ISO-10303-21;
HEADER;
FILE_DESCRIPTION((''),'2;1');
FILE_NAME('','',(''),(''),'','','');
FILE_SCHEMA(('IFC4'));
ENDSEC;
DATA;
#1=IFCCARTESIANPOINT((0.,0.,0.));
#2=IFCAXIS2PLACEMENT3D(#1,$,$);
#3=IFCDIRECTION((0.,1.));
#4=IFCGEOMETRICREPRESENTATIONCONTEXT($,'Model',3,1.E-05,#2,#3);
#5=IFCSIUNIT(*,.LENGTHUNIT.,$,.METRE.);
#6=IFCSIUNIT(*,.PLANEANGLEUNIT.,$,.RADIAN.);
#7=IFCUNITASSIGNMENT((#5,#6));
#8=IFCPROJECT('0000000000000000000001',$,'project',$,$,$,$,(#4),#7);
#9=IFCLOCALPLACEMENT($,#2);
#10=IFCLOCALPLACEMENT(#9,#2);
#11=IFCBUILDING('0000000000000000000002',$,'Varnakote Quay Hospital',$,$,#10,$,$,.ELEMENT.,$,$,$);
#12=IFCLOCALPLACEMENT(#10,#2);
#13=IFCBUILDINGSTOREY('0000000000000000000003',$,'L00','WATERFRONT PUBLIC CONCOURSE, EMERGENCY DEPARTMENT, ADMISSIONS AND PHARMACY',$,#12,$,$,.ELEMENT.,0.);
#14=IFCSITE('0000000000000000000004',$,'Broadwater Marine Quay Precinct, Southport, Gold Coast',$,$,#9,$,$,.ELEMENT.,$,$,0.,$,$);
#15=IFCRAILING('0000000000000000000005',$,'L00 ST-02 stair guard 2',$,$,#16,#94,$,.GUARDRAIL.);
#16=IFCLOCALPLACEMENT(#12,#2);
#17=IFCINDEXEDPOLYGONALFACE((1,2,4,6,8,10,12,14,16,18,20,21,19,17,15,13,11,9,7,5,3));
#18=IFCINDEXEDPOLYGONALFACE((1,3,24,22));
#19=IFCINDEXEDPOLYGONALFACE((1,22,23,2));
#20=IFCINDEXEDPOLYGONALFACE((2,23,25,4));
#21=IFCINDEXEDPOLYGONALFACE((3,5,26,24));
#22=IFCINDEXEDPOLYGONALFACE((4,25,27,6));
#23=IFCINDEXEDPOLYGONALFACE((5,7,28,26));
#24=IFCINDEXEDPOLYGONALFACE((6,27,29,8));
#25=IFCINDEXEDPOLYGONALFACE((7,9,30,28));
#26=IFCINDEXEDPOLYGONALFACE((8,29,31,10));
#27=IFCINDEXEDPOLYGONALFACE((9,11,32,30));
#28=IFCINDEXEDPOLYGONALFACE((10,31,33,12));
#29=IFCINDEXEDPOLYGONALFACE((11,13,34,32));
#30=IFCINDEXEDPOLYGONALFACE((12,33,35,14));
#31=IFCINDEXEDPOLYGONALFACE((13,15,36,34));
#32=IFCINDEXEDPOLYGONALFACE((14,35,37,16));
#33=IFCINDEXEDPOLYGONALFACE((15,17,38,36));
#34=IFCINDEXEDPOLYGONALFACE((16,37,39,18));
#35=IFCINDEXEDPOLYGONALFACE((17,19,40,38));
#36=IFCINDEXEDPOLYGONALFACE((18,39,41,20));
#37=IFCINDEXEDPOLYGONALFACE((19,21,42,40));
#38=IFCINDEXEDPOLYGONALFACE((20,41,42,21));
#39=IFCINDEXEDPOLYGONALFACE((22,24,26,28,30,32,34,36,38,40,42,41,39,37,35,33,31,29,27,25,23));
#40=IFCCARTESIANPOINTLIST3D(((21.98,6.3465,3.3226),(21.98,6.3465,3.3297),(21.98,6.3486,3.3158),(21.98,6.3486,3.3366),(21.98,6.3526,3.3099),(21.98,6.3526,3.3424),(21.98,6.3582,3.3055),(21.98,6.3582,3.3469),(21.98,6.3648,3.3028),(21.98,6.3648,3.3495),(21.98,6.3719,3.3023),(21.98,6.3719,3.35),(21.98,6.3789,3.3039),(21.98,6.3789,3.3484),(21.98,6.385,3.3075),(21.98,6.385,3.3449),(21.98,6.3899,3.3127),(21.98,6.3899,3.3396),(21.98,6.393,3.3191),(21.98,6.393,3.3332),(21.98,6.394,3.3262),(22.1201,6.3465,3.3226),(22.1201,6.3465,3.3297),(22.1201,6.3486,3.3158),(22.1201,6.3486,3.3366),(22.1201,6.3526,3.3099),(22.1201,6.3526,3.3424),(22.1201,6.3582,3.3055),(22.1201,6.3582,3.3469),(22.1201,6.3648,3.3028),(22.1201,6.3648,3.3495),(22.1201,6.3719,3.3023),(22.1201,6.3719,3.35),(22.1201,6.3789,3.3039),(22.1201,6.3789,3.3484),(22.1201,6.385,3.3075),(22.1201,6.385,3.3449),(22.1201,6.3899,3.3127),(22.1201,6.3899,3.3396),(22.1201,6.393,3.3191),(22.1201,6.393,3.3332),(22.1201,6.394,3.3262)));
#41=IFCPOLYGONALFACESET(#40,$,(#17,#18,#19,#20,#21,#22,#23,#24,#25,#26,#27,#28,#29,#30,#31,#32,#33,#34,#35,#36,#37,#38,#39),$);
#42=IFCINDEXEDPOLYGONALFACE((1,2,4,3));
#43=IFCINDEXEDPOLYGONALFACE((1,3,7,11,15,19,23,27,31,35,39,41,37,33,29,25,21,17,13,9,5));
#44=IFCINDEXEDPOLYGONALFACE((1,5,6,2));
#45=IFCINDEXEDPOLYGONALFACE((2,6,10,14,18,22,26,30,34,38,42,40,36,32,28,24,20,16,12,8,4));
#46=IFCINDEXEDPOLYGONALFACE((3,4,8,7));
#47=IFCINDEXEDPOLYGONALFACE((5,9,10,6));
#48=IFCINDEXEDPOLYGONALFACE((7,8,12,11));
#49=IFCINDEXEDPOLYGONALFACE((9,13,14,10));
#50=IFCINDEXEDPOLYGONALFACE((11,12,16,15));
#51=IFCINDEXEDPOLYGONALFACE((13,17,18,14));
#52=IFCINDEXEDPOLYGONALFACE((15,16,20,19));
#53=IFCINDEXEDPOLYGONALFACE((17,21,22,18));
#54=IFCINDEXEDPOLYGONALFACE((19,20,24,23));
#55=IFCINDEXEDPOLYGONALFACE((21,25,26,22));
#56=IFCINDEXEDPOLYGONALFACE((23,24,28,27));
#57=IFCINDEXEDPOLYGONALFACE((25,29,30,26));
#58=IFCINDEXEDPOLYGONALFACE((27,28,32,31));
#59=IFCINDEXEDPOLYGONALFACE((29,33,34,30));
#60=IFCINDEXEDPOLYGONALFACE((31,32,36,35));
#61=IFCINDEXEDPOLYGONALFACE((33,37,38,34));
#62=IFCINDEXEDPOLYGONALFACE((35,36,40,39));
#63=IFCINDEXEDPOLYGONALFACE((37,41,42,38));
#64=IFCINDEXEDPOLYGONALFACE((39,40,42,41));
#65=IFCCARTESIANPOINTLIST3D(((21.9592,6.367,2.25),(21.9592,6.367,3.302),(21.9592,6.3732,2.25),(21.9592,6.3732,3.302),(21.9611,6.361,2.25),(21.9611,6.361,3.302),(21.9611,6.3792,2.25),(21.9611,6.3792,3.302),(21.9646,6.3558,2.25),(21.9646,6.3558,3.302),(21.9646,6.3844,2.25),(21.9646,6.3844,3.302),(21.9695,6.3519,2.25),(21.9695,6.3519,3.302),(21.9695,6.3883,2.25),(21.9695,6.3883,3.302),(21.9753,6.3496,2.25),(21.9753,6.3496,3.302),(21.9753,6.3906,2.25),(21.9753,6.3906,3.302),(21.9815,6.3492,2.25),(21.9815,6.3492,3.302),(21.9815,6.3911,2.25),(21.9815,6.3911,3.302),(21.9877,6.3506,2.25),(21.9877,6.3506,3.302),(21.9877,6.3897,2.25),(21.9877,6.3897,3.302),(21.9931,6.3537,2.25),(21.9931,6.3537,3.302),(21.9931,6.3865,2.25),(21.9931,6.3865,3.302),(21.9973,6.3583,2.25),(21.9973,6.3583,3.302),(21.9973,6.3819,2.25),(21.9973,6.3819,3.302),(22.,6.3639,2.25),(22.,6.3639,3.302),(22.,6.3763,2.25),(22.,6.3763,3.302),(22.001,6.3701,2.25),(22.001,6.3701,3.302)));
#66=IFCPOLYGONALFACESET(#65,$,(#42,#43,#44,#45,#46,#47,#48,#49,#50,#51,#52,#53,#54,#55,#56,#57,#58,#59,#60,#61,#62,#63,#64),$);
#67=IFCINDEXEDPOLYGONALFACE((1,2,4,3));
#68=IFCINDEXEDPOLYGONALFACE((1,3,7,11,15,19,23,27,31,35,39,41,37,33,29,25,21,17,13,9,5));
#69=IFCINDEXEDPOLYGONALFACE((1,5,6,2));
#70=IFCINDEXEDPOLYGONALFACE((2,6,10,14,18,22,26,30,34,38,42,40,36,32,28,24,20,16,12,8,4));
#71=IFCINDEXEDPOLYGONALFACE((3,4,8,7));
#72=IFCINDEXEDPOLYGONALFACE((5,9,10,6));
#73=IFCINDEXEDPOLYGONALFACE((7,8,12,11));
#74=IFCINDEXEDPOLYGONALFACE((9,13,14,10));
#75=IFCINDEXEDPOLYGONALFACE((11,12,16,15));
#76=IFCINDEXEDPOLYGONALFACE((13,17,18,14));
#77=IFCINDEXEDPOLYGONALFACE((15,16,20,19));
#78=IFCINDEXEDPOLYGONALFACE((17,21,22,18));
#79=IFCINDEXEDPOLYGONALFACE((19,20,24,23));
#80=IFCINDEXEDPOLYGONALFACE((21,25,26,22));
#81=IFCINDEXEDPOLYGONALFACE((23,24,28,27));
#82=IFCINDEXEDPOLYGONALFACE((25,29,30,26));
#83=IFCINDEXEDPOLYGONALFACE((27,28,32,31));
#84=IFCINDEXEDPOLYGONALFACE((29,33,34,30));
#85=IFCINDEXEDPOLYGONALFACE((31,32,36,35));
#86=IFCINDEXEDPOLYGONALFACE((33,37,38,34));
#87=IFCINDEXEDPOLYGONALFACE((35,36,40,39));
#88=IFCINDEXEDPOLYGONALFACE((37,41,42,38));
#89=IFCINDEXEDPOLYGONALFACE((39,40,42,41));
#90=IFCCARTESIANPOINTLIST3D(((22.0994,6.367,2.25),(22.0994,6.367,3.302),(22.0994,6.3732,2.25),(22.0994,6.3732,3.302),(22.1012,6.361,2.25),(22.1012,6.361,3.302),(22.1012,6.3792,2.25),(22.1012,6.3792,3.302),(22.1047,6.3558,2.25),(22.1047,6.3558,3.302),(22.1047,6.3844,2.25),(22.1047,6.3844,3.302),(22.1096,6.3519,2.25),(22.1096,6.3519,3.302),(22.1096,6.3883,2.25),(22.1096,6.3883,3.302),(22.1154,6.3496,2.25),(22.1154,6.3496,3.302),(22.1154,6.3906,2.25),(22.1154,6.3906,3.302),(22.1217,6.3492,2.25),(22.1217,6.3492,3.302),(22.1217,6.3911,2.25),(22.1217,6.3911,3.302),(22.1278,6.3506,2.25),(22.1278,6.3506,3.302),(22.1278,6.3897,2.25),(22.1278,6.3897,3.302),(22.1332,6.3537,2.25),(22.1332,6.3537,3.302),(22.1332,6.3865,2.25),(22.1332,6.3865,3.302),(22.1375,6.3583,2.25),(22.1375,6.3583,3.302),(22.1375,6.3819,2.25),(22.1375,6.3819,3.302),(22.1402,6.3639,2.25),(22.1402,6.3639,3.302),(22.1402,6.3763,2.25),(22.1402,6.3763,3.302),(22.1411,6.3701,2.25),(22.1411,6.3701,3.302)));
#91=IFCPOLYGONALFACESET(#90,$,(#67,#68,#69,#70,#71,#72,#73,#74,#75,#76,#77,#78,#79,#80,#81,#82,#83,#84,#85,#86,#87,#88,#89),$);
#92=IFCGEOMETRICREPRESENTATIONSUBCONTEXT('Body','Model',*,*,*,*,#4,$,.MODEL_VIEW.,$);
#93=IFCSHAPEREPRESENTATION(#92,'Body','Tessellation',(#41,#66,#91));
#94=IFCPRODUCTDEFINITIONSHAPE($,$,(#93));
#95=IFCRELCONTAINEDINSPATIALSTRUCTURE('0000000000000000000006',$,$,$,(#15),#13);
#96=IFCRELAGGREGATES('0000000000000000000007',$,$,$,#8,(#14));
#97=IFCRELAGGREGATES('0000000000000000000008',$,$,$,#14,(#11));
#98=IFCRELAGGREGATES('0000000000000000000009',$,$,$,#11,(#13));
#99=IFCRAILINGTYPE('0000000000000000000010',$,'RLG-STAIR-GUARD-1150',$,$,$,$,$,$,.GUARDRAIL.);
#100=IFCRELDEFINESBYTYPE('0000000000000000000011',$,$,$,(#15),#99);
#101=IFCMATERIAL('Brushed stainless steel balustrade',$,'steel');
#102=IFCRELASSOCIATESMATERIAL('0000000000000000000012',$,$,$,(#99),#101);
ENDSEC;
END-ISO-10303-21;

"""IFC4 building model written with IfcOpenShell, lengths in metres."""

from ifc_helpers import new_model, si_unit, direction, frame, origin, origin_2d, place, context, subcontext, project, spatial, circle, extrude, material, type_object, element, save


model = new_model("IFC4")

# Units and contexts
model_context = context("Model", 3, precision=1e-05, world=origin(), true_north=direction((0.0, 1.0)))
body_context = subcontext(model_context, "Body", "Model", "MODEL_VIEW")
ifc_project = project(units=[si_unit("LENGTHUNIT", "METRE"), si_unit("PLANEANGLEUNIT", "RADIAN")], contexts=[model_context])

# Site, building, storey
site_placement = place(None, origin())
site = spatial("IfcSite", under=ifc_project, at=site_placement, Name="Broadwater Marine Quay Precinct, Southport, Gold Coast", CompositionType="ELEMENT", RefElevation=0.0)
building_placement = place(site_placement, origin())
building = spatial("IfcBuilding", under=site, at=building_placement, Name="Varnakote Quay Hospital", CompositionType="ELEMENT")
storey_placement = place(building_placement, origin())
storey = spatial("IfcBuildingStorey", under=building, at=storey_placement, Name="L00", Description="WATERFRONT PUBLIC CONCOURSE, EMERGENCY DEPARTMENT, ADMISSIONS AND PHARMACY", CompositionType="ELEMENT", Elevation=0.0)

# Railing
ifc_material_1 = material(Name="Brushed stainless steel balustrade", Category="steel")
railing_type_1 = type_object("IfcRailingType", Name="RLG-STAIR-GUARD-1150", PredefinedType="GUARDRAIL", material=ifc_material_1)
railing_1_placement = place(storey_placement, frame((21.98, 6.3701, 2.25)))
element("IfcRailing", 1, at=railing_1_placement, inside=storey, type_object=railing_type_1, Name="L00 ST-02 stair guard 2", PredefinedType="GUARDRAIL", context=body_context, shape_type="SweptSolid", body=[
    extrude(circle(Radius=0.0239, at=origin_2d()), frame((0.0, 0.0, 1.0762), z_axis=(1.0, 0.0, 0.0), x_axis=(0.0, 1.0, 0.0)), (0.0, 0.0, 1.0), 0.1401),
    extrude(circle(Radius=0.021, at=origin_2d()), origin(), (0.0, 0.0, 1.0), 1.052),
    extrude(circle(Radius=0.021, at=origin_2d()), frame((0.1401, 0.0, 0.0)), (0.0, 0.0, 1.0), 1.052),
])

save(model, "model.ifc")
